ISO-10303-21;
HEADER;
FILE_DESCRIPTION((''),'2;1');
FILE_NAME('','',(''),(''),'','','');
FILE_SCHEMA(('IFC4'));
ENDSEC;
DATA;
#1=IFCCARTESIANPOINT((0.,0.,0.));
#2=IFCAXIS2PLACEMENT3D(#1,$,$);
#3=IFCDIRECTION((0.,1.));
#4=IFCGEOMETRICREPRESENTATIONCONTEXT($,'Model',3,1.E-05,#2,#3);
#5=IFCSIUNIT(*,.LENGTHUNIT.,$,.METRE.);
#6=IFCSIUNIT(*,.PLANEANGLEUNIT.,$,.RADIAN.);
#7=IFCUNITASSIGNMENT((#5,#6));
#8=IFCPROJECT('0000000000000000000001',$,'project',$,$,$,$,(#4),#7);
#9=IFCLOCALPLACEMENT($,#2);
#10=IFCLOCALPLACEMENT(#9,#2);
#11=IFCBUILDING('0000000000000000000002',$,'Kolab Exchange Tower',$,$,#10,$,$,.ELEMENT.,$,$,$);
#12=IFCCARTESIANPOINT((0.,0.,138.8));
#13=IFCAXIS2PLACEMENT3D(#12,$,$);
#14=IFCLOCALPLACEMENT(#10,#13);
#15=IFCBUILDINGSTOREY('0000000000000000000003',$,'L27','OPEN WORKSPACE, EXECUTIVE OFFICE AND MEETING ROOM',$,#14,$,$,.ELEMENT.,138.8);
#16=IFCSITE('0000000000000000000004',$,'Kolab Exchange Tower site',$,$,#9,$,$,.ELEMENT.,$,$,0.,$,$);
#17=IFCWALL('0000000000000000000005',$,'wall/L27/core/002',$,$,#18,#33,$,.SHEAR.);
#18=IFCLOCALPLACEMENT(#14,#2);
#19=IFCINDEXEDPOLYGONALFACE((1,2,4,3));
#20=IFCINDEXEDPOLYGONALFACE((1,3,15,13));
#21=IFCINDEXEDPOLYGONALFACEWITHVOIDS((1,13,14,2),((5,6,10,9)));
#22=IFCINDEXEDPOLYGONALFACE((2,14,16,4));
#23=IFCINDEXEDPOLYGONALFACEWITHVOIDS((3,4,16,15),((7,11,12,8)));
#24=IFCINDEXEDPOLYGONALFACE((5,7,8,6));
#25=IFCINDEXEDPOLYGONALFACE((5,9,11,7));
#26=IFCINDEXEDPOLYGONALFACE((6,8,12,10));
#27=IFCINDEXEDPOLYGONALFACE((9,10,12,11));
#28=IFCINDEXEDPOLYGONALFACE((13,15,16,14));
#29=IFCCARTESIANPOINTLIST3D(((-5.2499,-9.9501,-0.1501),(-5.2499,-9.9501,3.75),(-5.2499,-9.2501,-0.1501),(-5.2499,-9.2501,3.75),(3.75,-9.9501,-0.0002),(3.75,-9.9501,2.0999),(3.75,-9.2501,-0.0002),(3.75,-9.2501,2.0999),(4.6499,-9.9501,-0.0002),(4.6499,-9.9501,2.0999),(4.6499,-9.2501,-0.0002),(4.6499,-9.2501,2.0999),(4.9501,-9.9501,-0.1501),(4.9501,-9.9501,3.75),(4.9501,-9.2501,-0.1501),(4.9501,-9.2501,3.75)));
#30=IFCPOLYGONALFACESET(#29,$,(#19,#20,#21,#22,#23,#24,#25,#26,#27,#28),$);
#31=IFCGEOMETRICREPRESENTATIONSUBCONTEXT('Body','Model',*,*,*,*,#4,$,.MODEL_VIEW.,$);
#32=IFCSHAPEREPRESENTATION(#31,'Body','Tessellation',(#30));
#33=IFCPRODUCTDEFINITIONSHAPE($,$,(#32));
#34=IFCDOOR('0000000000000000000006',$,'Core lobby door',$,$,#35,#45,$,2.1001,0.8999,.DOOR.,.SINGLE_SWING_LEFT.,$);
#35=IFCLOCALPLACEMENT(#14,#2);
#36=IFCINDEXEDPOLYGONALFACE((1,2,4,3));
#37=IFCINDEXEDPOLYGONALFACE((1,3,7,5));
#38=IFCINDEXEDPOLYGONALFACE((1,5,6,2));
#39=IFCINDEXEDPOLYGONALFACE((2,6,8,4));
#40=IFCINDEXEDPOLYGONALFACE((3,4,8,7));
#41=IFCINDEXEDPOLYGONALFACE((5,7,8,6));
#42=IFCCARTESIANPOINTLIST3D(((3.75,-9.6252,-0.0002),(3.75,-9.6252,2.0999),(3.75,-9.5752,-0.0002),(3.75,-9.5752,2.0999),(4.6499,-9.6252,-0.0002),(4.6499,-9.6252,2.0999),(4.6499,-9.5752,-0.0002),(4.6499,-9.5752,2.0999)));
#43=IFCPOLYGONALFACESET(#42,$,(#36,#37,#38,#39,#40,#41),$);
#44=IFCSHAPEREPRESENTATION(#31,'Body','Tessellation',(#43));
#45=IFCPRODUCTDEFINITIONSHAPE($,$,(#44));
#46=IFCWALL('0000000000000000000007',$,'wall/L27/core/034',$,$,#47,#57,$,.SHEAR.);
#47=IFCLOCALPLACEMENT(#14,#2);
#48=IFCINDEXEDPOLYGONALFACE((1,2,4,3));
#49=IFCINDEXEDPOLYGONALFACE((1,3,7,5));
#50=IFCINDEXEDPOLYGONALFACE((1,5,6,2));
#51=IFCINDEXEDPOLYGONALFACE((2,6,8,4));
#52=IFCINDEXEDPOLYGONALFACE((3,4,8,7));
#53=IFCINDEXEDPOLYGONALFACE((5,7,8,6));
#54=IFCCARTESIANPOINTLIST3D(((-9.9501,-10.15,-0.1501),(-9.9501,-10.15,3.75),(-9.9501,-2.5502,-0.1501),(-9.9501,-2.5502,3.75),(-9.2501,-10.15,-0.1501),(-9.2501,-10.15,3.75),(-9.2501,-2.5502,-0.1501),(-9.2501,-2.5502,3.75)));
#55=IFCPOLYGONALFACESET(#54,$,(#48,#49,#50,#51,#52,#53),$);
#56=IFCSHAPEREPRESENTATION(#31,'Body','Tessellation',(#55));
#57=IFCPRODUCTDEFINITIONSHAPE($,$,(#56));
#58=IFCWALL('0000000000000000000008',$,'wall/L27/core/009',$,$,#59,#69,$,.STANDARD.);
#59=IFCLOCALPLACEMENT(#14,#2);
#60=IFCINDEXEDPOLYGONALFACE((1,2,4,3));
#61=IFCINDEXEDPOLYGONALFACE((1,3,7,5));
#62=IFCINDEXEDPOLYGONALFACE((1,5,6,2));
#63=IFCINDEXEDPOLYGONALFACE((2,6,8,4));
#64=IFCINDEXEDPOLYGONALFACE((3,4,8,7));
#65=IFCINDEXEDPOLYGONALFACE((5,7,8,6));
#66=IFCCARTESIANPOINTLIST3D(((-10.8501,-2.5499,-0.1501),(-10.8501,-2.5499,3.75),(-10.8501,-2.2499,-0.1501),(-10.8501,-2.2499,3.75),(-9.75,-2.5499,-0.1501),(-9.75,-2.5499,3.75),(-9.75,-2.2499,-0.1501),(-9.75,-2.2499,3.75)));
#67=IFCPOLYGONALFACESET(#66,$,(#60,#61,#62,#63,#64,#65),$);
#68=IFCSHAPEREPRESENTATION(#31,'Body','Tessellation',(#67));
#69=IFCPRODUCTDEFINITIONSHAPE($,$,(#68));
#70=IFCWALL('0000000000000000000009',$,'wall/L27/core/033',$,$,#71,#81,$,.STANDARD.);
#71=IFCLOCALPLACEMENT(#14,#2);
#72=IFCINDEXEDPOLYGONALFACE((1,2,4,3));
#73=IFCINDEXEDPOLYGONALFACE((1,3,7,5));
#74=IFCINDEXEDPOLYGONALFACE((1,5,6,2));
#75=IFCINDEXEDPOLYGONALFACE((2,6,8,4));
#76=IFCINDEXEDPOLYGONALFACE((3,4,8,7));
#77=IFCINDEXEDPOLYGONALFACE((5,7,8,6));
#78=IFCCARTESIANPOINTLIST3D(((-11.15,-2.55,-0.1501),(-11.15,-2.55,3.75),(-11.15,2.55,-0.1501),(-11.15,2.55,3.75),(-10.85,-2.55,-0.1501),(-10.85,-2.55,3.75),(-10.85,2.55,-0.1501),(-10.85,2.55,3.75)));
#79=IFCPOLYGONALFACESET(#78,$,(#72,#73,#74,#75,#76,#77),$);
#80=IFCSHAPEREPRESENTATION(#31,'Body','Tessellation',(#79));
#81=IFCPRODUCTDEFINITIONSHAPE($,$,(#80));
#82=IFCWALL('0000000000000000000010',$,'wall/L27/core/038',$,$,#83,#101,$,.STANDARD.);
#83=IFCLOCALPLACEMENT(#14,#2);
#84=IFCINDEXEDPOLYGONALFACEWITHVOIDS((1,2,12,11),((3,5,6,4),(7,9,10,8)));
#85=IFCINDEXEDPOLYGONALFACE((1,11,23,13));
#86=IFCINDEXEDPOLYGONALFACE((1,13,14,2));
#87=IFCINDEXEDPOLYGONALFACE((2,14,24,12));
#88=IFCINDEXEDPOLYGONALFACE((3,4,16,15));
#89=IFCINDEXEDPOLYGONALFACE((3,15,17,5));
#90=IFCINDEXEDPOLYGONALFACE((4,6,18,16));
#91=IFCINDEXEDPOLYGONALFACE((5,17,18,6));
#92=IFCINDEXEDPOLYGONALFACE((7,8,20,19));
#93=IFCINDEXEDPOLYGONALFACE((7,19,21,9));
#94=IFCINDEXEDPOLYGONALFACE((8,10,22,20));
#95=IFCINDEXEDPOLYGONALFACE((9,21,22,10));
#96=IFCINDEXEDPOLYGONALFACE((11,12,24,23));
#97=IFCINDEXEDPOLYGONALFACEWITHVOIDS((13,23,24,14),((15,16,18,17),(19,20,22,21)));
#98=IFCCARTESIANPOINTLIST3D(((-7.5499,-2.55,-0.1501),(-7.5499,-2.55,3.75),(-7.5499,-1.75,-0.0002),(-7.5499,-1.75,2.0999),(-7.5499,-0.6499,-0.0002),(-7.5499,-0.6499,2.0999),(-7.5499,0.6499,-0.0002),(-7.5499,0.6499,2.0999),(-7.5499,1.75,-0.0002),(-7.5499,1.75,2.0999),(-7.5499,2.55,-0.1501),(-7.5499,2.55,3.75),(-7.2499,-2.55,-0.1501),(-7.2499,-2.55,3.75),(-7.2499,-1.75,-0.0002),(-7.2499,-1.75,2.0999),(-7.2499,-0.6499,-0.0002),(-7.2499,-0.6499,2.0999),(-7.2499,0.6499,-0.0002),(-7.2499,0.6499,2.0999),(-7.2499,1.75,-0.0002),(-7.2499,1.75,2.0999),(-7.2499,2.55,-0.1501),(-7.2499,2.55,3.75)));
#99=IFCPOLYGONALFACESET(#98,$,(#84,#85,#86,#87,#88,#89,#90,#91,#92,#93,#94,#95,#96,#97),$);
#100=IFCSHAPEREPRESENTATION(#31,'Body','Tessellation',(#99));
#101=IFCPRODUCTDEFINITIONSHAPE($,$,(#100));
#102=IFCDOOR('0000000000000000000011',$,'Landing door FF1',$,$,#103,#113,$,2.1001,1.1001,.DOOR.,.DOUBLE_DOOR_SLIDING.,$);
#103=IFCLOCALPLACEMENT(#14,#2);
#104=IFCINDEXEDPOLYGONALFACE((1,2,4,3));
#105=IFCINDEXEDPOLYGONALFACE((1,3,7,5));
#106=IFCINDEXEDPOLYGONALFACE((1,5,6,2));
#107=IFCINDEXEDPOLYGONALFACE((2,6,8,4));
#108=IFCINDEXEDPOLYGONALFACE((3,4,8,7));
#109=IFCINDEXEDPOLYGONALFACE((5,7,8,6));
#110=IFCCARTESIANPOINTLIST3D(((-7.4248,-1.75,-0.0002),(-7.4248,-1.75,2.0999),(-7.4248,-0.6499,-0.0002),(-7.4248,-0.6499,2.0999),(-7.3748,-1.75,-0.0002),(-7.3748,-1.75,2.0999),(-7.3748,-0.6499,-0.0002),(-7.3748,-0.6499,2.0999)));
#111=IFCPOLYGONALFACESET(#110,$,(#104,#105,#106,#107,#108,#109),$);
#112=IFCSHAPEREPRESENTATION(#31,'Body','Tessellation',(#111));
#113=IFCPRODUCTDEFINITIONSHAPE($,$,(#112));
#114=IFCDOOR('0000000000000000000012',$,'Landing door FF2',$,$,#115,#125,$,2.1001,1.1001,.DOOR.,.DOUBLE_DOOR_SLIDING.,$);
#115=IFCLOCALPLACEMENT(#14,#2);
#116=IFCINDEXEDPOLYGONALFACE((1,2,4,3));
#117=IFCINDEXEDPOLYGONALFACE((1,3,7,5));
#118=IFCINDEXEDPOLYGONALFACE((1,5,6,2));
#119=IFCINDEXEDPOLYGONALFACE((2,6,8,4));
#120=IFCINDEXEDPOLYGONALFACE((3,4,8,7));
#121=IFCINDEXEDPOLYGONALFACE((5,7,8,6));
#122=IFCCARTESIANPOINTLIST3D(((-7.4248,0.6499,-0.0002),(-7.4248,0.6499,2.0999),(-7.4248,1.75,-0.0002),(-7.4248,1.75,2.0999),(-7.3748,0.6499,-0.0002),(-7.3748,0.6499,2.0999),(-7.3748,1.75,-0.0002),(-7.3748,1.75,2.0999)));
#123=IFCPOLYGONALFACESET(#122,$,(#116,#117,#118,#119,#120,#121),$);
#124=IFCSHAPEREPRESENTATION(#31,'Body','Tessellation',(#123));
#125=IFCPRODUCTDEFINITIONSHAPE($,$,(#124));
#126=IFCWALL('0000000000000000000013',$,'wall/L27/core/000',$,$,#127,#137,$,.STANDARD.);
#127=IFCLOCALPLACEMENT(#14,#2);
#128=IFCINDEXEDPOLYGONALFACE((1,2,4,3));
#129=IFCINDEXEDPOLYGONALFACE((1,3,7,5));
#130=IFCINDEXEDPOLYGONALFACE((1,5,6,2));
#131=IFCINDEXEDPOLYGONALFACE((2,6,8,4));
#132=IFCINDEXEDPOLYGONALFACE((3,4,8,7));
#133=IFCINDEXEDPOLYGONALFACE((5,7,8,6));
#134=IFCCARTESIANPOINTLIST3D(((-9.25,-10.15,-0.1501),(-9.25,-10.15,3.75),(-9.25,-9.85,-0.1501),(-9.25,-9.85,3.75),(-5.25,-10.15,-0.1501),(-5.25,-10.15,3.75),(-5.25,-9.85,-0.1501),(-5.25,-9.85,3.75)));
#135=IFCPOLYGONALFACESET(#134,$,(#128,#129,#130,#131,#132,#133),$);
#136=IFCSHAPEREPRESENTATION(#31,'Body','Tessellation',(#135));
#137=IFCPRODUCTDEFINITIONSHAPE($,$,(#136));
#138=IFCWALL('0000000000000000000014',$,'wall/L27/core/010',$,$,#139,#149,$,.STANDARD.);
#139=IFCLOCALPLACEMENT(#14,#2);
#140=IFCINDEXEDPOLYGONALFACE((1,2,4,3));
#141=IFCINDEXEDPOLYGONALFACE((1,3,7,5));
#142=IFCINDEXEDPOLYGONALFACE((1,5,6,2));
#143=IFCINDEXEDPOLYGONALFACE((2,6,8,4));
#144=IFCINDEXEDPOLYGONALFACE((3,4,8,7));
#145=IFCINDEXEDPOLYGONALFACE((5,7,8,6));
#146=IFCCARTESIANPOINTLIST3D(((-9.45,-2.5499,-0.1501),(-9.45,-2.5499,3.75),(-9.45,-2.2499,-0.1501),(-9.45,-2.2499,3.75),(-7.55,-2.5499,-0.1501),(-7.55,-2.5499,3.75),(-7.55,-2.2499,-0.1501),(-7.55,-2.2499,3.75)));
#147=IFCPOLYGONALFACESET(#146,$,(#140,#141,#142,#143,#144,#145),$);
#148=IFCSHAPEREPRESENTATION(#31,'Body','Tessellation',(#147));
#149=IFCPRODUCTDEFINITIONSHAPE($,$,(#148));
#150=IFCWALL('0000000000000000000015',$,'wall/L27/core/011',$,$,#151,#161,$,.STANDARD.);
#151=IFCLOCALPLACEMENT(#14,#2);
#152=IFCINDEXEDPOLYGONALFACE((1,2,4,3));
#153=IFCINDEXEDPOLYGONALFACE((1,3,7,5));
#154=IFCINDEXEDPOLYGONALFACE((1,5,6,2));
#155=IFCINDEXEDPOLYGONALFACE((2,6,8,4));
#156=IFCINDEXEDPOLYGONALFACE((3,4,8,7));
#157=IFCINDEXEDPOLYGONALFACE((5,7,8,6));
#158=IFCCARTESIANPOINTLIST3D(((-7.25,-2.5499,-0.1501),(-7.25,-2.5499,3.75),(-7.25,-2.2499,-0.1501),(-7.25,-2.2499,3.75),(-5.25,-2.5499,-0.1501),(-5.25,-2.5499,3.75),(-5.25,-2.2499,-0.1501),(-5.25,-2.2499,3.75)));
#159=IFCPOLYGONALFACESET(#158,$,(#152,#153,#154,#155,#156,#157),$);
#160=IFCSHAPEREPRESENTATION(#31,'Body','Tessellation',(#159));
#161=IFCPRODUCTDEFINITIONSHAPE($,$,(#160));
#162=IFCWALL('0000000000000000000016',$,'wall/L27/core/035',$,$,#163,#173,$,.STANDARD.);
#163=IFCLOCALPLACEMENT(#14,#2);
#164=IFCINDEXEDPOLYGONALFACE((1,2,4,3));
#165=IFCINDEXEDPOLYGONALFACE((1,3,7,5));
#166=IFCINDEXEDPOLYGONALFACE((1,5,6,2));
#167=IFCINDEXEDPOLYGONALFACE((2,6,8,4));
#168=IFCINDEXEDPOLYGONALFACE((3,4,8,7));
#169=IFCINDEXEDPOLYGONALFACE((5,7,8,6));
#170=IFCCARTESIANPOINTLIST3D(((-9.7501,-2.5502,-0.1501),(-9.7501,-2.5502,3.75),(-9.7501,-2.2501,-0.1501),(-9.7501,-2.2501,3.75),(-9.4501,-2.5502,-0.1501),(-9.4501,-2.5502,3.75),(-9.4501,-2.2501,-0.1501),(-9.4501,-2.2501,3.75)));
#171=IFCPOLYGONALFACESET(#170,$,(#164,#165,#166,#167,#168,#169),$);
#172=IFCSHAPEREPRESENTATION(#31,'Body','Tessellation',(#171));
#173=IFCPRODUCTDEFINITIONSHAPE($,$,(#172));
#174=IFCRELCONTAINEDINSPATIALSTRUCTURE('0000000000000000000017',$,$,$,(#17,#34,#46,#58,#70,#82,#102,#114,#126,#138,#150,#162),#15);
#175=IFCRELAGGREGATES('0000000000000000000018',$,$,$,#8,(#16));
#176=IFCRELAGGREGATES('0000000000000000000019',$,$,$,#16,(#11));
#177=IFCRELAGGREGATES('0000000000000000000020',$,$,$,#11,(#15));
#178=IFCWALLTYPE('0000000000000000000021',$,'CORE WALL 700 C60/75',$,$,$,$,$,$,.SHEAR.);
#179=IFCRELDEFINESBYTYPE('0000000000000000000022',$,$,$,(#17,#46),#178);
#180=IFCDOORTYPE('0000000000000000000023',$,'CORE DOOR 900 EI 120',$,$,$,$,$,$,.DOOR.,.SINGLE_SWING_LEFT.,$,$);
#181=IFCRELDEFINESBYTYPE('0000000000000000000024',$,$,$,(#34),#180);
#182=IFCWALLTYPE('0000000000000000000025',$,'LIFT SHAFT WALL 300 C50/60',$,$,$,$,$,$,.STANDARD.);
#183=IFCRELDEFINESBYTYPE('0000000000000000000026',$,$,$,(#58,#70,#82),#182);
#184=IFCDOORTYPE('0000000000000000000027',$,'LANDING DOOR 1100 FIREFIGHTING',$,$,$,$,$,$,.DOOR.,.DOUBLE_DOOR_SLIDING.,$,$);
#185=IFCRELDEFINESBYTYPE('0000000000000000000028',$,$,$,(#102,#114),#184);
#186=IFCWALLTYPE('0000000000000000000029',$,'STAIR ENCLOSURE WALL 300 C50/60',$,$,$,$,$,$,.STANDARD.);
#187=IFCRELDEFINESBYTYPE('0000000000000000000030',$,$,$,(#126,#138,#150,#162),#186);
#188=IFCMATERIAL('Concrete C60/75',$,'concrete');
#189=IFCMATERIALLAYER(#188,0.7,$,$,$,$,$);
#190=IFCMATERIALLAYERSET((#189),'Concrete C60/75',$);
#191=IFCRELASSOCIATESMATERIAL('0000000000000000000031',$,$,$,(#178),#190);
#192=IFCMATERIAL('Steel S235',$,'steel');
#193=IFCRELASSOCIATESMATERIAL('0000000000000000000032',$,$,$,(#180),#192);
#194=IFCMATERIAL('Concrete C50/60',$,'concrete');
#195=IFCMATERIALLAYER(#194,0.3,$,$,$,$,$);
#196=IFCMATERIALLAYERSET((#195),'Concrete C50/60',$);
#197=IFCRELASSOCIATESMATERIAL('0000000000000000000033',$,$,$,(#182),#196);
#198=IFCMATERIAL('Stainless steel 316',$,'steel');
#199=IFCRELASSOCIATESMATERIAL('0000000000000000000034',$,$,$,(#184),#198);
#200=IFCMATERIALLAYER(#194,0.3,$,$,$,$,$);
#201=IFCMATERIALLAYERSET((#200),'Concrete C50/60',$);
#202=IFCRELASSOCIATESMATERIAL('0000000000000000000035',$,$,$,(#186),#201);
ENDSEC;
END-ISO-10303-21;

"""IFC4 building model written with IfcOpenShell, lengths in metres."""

from ifc_helpers import new_model, si_unit, direction, frame, frame_2d, origin, place, context, subcontext, project, spatial, rectangle, extrude, material, layer, layer_set, type_object, element, fill, save


model = new_model("IFC4")

# Units and contexts
model_context = context("Model", 3, precision=1e-05, world=origin(), true_north=direction((0.0, 1.0)))
body_context = subcontext(model_context, "Body", "Model", "MODEL_VIEW")
ifc_project = project(units=[si_unit("LENGTHUNIT", "METRE"), si_unit("PLANEANGLEUNIT", "RADIAN")], contexts=[model_context])

# Site, building, storey
site_placement = place(None, origin())
site = spatial("IfcSite", under=ifc_project, at=site_placement, Name="Kolab Exchange Tower site", CompositionType="ELEMENT", RefElevation=0.0)
building_placement = place(site_placement, origin())
building = spatial("IfcBuilding", under=site, at=building_placement, Name="Kolab Exchange Tower", CompositionType="ELEMENT")
storey_placement = place(building_placement, frame((0.0, 0.0, 138.8)))
storey = spatial("IfcBuildingStorey", under=building, at=storey_placement, Name="L27", Description="OPEN WORKSPACE, EXECUTIVE OFFICE AND MEETING ROOM", CompositionType="ELEMENT", Elevation=138.8)

# Wall, opening, door
ifc_material_1 = material(Name="Concrete C60/75", Category="concrete")
ifc_layer_1 = layer(ifc_material_1, 0.7)
ifc_layer_set_1 = layer_set([ifc_layer_1], Name="Concrete C60/75")
wall_type_1 = type_object("IfcWallType", Name="CORE WALL 700 C60/75", PredefinedType="SHEAR", material=ifc_layer_set_1)
wall_1_placement = place(storey_placement, frame((-5.25, -9.6001, -0.1501), z_axis=(0.0, 0.0, 1.0), x_axis=(1.0, 0.0, 0.0)))
wall_1 = element("IfcWall", 1, at=wall_1_placement, inside=storey, type_object=wall_type_1, Name="wall/L27/core/002", PredefinedType="SHEAR", context=body_context, shape_type="SweptSolid", body=[
    extrude(rectangle(XDim=10.2, YDim=0.7, at=frame_2d((5.1001, 0.0))), origin(), (0.0, 0.0, 1.0), 3.9001),
])
opening_1_placement = place(wall_1_placement, frame((9.0, 0.0, 0.1499)))
opening_1 = element("IfcOpeningElement", 2, at=opening_1_placement, cuts=wall_1, PredefinedType="OPENING", context=body_context, shape_type="SweptSolid", body=[
    extrude(rectangle(XDim=0.8999, YDim=2.1001, at=frame_2d((0.45, 1.05))), frame((0.0, 0.3599, 0.0), z_axis=(0.0, -1.0, 0.0), x_axis=(1.0, 0.0, 0.0)), (0.0, 0.0, 1.0), 0.72),
])
ifc_material_2 = material(Name="Steel S235", Category="steel")
door_type_1 = type_object("IfcDoorType", Name="CORE DOOR 900 EI 120", OperationType="SINGLE_SWING_LEFT", PredefinedType="DOOR", material=ifc_material_2)
door_1_placement = place(opening_1_placement, origin())
door_1 = element("IfcDoor", 3, at=door_1_placement, inside=storey, type_object=door_type_1, Name="Core lobby door", OperationType="SINGLE_SWING_LEFT", OverallHeight=2.1001, OverallWidth=0.8999, PredefinedType="DOOR", context=body_context, shape_type="SweptSolid", body=[
    extrude(rectangle(XDim=0.8999, YDim=2.1001, at=frame_2d((0.45, 1.05))), frame((0.0, 0.0249, 0.0), z_axis=(0.0, -1.0, 0.0), x_axis=(1.0, 0.0, 0.0)), (0.0, 0.0, 1.0), 0.05),
])
fill(opening_1, door_1)

# Walls
wall_2_placement = place(storey_placement, frame((-9.6001, -10.1499, -0.1501), z_axis=(0.0, 0.0, 1.0), x_axis=(0.0, 1.0, 0.0)))
element("IfcWall", 4, at=wall_2_placement, inside=storey, type_object=wall_type_1, Name="wall/L27/core/034", PredefinedType="SHEAR", context=body_context, shape_type="SweptSolid", body=[
    extrude(rectangle(XDim=7.5999, YDim=0.7, at=frame_2d((3.7998, 0.0))), origin(), (0.0, 0.0, 1.0), 3.9001),
])
ifc_material_3 = material(Name="Concrete C50/60", Category="concrete")
ifc_layer_2 = layer(ifc_material_3, 0.3)
ifc_layer_set_2 = layer_set([ifc_layer_2], Name="Concrete C50/60")
wall_type_2 = type_object("IfcWallType", Name="LIFT SHAFT WALL 300 C50/60", PredefinedType="STANDARD", material=ifc_layer_set_2)
wall_3_placement = place(storey_placement, frame((-10.8501, -2.3999, -0.1501), z_axis=(0.0, 0.0, 1.0), x_axis=(1.0, 0.0, 0.0)))
element("IfcWall", 5, at=wall_3_placement, inside=storey, type_object=wall_type_2, Name="wall/L27/core/009", PredefinedType="STANDARD", context=body_context, shape_type="SweptSolid", body=[
    extrude(rectangle(XDim=1.1001, YDim=0.3, at=frame_2d((0.55, 0.0))), origin(), (0.0, 0.0, 1.0), 3.9001),
])
wall_4_placement = place(storey_placement, frame((-11.0, -2.55, -0.1501), z_axis=(0.0, 0.0, 1.0), x_axis=(0.0, 1.0, 0.0)))
element("IfcWall", 6, at=wall_4_placement, inside=storey, type_object=wall_type_2, Name="wall/L27/core/033", PredefinedType="STANDARD", context=body_context, shape_type="SweptSolid", body=[
    extrude(rectangle(XDim=5.1001, YDim=0.3, at=frame_2d((2.55, 0.0))), origin(), (0.0, 0.0, 1.0), 3.9001),
])

# Wall, openings, doors
wall_5_placement = place(storey_placement, frame((-7.3999, -2.55, -0.1501), z_axis=(0.0, 0.0, 1.0), x_axis=(0.0, 1.0, 0.0)))
wall_5 = element("IfcWall", 7, at=wall_5_placement, inside=storey, type_object=wall_type_2, Name="wall/L27/core/038", PredefinedType="STANDARD", context=body_context, shape_type="SweptSolid", body=[
    extrude(rectangle(XDim=5.1001, YDim=0.3, at=frame_2d((2.55, 0.0))), origin(), (0.0, 0.0, 1.0), 3.9001),
])
opening_2_placement = place(wall_5_placement, frame((0.8, 0.0, 0.1499)))
opening_2 = element("IfcOpeningElement", 8, at=opening_2_placement, cuts=wall_5, PredefinedType="OPENING", context=body_context, shape_type="SweptSolid", body=[
    extrude(rectangle(XDim=1.1001, YDim=2.1001, at=frame_2d((0.55, 1.05))), frame((0.0, 0.1602, 0.0), z_axis=(0.0, -1.0, 0.0), x_axis=(1.0, 0.0, 0.0)), (0.0, 0.0, 1.0), 0.3201),
])
opening_3_placement = place(wall_5_placement, frame((3.2, 0.0, 0.1499)))
opening_3 = element("IfcOpeningElement", 9, at=opening_3_placement, cuts=wall_5, PredefinedType="OPENING", context=body_context, shape_type="SweptSolid", body=[
    extrude(rectangle(XDim=1.1001, YDim=2.1001, at=frame_2d((0.55, 1.05))), frame((0.0, 0.1602, 0.0), z_axis=(0.0, -1.0, 0.0), x_axis=(1.0, 0.0, 0.0)), (0.0, 0.0, 1.0), 0.3201),
])
ifc_material_4 = material(Name="Stainless steel 316", Category="steel")
door_type_2 = type_object("IfcDoorType", Name="LANDING DOOR 1100 FIREFIGHTING", OperationType="DOUBLE_DOOR_SLIDING", PredefinedType="DOOR", material=ifc_material_4)
door_2_placement = place(opening_2_placement, origin())
door_2 = element("IfcDoor", 10, at=door_2_placement, inside=storey, type_object=door_type_2, Name="Landing door FF1", OperationType="DOUBLE_DOOR_SLIDING", OverallHeight=2.1001, OverallWidth=1.1001, PredefinedType="DOOR", context=body_context, shape_type="SweptSolid", body=[
    extrude(rectangle(XDim=1.1001, YDim=2.1001, at=frame_2d((0.55, 1.05))), frame((0.0, 0.0249, 0.0), z_axis=(0.0, -1.0, 0.0), x_axis=(1.0, 0.0, 0.0)), (0.0, 0.0, 1.0), 0.05),
])
fill(opening_2, door_2)
door_3_placement = place(opening_3_placement, origin())
door_3 = element("IfcDoor", 11, at=door_3_placement, inside=storey, type_object=door_type_2, Name="Landing door FF2", OperationType="DOUBLE_DOOR_SLIDING", OverallHeight=2.1001, OverallWidth=1.1001, PredefinedType="DOOR", context=body_context, shape_type="SweptSolid", body=[
    extrude(rectangle(XDim=1.1001, YDim=2.1001, at=frame_2d((0.55, 1.05))), frame((0.0, 0.0249, 0.0), z_axis=(0.0, -1.0, 0.0), x_axis=(1.0, 0.0, 0.0)), (0.0, 0.0, 1.0), 0.05),
])
fill(opening_3, door_3)

# Walls
ifc_layer_3 = layer(ifc_material_3, 0.3)
ifc_layer_set_3 = layer_set([ifc_layer_3], Name="Concrete C50/60")
wall_type_3 = type_object("IfcWallType", Name="STAIR ENCLOSURE WALL 300 C50/60", PredefinedType="STANDARD", material=ifc_layer_set_3)
wall_6_placement = place(storey_placement, frame((-9.25, -10.0, -0.1501), z_axis=(0.0, 0.0, 1.0), x_axis=(1.0, 0.0, 0.0)))
element("IfcWall", 12, at=wall_6_placement, inside=storey, type_object=wall_type_3, Name="wall/L27/core/000", PredefinedType="STANDARD", context=body_context, shape_type="SweptSolid", body=[
    extrude(rectangle(XDim=4.0, YDim=0.3, at=frame_2d((2.0, 0.0))), origin(), (0.0, 0.0, 1.0), 3.9001),
])
wall_7_placement = place(storey_placement, frame((-9.45, -2.3999, -0.1501), z_axis=(0.0, 0.0, 1.0), x_axis=(1.0, 0.0, 0.0)))
element("IfcWall", 13, at=wall_7_placement, inside=storey, type_object=wall_type_3, Name="wall/L27/core/010", PredefinedType="STANDARD", context=body_context, shape_type="SweptSolid", body=[
    extrude(rectangle(XDim=1.8999, YDim=0.3, at=frame_2d((0.95, 0.0))), origin(), (0.0, 0.0, 1.0), 3.9001),
])
wall_8_placement = place(storey_placement, frame((-7.25, -2.3999, -0.1501), z_axis=(0.0, 0.0, 1.0), x_axis=(1.0, 0.0, 0.0)))
element("IfcWall", 14, at=wall_8_placement, inside=storey, type_object=wall_type_3, Name="wall/L27/core/011", PredefinedType="STANDARD", context=body_context, shape_type="SweptSolid", body=[
    extrude(rectangle(XDim=2.0, YDim=0.3, at=frame_2d((1.0, 0.0))), origin(), (0.0, 0.0, 1.0), 3.9001),
])
wall_9_placement = place(storey_placement, frame((-9.6001, -2.55, -0.1501), z_axis=(0.0, 0.0, 1.0), x_axis=(0.0, 1.0, 0.0)))
element("IfcWall", 15, at=wall_9_placement, inside=storey, type_object=wall_type_3, Name="wall/L27/core/035", PredefinedType="STANDARD", context=body_context, shape_type="SweptSolid", body=[
    extrude(rectangle(XDim=0.3, YDim=0.3, at=frame_2d((0.1499, 0.0))), origin(), (0.0, 0.0, 1.0), 3.9001),
])

save(model, "model.ifc")
